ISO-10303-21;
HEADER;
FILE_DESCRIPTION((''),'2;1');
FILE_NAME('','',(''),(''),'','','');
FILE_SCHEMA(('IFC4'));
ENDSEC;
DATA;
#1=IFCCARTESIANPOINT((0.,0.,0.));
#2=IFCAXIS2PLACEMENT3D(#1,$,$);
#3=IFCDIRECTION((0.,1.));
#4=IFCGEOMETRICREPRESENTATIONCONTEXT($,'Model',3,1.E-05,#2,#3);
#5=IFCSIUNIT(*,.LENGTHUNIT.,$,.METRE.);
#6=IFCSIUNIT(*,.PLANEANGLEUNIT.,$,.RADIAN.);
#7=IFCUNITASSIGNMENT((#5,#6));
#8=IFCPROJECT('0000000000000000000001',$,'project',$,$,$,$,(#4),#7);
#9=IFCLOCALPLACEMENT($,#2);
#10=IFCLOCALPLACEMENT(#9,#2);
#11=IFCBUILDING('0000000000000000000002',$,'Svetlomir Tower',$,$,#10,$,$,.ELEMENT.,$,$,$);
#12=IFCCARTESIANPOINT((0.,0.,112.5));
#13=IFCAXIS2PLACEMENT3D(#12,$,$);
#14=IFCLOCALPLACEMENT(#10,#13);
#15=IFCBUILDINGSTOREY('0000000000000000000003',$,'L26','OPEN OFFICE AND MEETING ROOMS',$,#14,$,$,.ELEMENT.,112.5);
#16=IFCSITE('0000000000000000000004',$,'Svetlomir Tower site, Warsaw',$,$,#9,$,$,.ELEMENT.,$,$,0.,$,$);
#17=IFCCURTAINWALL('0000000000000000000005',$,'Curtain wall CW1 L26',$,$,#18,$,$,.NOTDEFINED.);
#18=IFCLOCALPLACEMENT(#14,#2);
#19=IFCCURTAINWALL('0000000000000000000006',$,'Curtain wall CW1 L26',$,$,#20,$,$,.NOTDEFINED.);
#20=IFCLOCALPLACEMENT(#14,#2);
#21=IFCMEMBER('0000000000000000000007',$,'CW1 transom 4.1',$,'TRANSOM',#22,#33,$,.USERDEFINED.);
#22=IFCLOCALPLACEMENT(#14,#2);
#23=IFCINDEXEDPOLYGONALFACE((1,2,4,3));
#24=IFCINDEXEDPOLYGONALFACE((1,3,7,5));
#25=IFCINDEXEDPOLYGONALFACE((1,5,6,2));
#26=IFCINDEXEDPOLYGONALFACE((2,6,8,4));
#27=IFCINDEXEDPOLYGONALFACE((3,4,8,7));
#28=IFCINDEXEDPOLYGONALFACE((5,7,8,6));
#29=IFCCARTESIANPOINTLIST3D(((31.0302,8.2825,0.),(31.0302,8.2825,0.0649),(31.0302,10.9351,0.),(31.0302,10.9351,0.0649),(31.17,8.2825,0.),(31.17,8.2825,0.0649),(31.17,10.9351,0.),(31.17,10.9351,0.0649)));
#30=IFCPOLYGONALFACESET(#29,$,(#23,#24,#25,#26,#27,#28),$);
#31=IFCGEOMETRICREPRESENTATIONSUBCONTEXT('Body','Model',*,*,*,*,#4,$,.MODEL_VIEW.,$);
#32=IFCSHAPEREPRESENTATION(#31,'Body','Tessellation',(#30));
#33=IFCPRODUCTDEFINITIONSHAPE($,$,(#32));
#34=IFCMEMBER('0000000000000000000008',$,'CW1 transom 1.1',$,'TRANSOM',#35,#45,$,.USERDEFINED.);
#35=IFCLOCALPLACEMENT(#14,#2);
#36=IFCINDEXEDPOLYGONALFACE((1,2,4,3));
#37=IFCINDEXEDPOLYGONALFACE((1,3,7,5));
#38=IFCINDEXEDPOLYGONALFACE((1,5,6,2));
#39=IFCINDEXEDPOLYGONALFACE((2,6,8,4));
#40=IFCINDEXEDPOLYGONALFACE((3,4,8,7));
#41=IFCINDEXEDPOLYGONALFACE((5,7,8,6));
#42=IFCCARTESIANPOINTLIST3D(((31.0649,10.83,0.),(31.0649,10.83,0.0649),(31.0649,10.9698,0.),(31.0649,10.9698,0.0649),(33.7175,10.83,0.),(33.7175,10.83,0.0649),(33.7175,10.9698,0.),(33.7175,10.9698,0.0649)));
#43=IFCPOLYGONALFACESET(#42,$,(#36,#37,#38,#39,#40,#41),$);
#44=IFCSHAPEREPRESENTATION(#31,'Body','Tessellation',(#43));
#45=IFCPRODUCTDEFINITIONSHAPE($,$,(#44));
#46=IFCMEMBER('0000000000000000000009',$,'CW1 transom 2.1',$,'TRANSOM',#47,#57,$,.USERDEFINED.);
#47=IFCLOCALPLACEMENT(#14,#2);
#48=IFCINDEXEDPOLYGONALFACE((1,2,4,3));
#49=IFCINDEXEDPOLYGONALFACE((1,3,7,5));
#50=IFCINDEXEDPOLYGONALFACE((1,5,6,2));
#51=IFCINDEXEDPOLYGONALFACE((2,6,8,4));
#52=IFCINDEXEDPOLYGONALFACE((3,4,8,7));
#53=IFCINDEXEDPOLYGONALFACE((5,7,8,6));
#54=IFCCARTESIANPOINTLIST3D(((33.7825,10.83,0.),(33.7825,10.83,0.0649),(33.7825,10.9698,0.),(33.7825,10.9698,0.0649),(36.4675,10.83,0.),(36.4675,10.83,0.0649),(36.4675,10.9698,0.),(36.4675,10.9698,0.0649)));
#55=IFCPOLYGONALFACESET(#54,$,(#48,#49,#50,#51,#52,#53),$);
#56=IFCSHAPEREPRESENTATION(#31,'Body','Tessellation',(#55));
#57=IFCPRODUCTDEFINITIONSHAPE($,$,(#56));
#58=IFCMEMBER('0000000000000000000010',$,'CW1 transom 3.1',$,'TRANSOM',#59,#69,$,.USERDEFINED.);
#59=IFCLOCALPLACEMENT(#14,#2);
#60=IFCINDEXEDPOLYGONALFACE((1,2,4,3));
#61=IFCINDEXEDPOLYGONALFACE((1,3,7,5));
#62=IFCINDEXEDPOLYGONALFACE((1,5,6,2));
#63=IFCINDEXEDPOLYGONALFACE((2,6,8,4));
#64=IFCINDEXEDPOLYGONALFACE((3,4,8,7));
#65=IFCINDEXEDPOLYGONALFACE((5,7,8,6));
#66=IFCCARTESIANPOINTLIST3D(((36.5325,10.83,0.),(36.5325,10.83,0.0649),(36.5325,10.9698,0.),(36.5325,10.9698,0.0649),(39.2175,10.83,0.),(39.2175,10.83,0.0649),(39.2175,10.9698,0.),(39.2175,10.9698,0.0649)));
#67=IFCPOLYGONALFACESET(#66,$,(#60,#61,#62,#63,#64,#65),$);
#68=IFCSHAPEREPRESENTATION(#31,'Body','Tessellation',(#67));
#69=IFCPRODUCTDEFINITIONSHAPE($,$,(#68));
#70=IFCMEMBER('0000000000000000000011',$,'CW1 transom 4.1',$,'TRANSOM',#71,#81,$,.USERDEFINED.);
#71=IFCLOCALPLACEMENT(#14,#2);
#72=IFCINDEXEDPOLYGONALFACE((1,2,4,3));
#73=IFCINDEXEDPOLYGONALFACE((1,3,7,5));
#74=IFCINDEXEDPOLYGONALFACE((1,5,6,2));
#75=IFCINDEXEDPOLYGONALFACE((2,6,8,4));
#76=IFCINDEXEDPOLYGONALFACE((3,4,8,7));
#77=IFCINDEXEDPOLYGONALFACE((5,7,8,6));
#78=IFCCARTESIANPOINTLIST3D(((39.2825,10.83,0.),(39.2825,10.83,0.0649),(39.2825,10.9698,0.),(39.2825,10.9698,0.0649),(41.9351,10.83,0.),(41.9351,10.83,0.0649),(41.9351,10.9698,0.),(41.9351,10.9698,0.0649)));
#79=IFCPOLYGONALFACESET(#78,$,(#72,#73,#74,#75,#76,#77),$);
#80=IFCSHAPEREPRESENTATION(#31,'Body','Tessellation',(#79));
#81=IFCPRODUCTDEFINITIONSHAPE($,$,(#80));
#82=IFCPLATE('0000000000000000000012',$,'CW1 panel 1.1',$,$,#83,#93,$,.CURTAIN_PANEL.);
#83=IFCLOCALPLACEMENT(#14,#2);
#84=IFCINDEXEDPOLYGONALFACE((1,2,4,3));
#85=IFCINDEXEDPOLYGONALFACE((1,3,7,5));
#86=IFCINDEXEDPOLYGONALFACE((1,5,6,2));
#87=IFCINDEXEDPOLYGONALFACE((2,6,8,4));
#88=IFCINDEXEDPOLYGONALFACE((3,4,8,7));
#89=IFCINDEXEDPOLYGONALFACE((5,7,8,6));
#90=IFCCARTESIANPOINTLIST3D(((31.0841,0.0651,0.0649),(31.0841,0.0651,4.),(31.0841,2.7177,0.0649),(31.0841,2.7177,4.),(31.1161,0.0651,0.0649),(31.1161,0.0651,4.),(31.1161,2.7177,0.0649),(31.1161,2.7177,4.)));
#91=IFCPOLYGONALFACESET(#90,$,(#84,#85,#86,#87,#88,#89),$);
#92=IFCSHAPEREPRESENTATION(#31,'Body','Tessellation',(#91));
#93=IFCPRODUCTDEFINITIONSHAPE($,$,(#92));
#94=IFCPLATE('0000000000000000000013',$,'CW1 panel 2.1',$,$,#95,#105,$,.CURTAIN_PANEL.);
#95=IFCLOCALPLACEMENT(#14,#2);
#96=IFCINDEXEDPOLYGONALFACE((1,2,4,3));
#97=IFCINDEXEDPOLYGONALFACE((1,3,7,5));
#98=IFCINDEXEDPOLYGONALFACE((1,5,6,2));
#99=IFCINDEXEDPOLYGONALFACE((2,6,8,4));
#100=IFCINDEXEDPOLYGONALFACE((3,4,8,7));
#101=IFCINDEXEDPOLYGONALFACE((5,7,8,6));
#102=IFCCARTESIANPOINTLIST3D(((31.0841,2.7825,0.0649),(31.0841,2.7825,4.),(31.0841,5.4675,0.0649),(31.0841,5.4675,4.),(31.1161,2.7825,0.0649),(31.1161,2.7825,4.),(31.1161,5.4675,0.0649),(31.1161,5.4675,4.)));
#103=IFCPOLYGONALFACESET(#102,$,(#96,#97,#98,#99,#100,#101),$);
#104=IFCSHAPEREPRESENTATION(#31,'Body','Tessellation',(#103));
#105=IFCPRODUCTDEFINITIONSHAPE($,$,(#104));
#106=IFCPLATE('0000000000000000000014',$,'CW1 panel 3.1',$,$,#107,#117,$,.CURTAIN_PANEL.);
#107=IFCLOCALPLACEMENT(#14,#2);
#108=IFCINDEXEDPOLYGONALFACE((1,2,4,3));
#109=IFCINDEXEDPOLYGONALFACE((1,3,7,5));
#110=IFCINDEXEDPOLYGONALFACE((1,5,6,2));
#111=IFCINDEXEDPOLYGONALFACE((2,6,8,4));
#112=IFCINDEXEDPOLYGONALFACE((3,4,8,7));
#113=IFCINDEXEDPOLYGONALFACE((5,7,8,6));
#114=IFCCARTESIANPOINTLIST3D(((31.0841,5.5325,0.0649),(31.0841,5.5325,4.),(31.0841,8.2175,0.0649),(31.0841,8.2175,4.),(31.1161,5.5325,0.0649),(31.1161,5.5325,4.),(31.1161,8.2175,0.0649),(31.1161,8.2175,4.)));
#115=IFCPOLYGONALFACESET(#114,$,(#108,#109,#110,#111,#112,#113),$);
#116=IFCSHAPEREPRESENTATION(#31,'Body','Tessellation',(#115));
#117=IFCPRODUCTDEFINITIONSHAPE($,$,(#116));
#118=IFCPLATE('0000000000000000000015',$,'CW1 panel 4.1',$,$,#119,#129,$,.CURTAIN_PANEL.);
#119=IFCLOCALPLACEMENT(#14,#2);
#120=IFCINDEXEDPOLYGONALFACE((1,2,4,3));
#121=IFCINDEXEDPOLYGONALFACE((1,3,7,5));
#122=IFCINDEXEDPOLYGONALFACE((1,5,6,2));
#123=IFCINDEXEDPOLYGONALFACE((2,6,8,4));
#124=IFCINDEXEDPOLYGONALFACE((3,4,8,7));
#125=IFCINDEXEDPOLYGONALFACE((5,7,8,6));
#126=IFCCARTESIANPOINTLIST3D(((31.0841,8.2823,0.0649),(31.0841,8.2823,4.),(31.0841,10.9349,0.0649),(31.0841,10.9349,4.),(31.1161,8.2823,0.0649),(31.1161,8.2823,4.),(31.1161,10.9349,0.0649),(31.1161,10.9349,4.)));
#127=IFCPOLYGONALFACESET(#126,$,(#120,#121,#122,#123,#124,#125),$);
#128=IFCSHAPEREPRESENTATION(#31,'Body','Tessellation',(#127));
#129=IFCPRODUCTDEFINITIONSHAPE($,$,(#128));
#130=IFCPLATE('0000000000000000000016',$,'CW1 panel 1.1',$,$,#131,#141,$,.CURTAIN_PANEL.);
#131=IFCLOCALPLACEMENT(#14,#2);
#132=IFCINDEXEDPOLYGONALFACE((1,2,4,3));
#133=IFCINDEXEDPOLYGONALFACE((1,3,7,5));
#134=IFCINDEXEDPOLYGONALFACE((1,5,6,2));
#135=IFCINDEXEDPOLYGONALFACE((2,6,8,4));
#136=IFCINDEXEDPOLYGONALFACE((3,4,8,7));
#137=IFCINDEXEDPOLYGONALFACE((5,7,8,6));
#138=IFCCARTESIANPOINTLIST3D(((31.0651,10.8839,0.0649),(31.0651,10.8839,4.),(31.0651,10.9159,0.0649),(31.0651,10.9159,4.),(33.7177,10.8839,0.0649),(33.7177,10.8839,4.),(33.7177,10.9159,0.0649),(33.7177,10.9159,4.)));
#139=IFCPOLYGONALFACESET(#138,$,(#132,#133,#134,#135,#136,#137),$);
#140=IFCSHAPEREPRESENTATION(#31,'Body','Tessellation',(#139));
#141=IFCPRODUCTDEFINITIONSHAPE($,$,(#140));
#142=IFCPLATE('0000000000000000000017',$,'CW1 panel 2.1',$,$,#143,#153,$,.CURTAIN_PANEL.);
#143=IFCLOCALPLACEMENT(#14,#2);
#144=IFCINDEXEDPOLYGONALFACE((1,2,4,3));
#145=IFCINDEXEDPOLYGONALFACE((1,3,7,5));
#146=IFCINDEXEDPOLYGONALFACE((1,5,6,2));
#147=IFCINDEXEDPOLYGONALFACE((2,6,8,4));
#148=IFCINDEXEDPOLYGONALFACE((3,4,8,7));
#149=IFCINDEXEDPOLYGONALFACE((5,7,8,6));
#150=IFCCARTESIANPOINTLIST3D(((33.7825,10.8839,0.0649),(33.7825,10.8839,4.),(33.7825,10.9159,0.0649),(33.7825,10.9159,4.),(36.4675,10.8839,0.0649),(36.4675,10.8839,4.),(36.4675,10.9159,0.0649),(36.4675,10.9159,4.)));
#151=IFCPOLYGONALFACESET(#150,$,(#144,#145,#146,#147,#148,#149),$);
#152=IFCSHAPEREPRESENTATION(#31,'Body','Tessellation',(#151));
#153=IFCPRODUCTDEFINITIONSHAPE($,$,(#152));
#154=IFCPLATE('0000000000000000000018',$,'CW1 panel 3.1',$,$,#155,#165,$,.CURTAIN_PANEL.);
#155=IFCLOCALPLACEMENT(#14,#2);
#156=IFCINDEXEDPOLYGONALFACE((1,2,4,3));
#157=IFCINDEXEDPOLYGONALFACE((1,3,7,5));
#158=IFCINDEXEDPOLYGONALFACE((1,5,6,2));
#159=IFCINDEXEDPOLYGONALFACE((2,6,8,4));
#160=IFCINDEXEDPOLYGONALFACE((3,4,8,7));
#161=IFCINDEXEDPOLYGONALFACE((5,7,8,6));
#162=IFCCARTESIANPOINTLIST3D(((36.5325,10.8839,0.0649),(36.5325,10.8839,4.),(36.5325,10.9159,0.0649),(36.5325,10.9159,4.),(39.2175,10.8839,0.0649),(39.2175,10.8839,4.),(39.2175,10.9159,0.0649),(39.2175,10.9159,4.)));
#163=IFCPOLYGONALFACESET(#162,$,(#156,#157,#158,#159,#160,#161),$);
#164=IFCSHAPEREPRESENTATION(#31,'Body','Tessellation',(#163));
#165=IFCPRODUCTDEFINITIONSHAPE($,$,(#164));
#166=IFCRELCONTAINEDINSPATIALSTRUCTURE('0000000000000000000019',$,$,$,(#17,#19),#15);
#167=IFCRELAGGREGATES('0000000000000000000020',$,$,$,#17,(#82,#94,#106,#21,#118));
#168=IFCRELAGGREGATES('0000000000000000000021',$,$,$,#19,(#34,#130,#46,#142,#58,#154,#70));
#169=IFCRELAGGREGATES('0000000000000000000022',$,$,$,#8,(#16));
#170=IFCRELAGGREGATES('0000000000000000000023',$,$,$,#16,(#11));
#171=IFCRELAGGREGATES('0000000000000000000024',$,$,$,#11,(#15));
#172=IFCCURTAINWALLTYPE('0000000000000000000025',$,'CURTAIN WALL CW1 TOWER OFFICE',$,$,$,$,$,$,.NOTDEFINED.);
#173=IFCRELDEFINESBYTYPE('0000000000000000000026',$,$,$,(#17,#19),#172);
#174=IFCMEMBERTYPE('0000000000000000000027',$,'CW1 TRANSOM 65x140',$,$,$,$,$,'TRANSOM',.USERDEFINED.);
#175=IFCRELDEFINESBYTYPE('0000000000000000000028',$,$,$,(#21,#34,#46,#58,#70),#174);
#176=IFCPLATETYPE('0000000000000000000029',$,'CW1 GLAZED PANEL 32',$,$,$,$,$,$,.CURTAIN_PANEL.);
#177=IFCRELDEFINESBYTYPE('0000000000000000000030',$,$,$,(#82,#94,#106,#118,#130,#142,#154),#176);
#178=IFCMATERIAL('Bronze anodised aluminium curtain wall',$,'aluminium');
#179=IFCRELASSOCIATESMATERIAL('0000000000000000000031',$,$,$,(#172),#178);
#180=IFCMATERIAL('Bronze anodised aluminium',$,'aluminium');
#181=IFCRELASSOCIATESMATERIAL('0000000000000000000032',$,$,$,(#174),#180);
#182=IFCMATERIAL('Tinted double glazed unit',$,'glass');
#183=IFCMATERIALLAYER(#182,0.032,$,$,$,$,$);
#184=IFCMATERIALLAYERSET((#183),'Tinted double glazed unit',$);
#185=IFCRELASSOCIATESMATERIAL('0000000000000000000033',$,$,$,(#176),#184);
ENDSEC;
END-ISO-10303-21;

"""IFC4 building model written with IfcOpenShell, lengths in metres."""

from ifc_helpers import new_model, si_unit, direction, frame, origin, origin_2d, place, context, subcontext, project, spatial, rectangle, extrude, material, layer, layer_set, material_profile, profile_set, type_object, element, aggregate, save


model = new_model("IFC4")

# Units and contexts
model_context = context("Model", 3, precision=1e-05, world=origin(), true_north=direction((0.0, 1.0)))
body_context = subcontext(model_context, "Body", "Model", "MODEL_VIEW")
ifc_project = project(units=[si_unit("LENGTHUNIT", "METRE"), si_unit("PLANEANGLEUNIT", "RADIAN")], contexts=[model_context])

# Site, building, storey
site_placement = place(None, origin())
site = spatial("IfcSite", under=ifc_project, at=site_placement, Name="Svetlomir Tower site, Warsaw", CompositionType="ELEMENT", RefElevation=0.0)
building_placement = place(site_placement, origin())
building = spatial("IfcBuilding", under=site, at=building_placement, Name="Svetlomir Tower", CompositionType="ELEMENT")
storey_placement = place(building_placement, frame((0.0, 0.0, 112.5)))
storey = spatial("IfcBuildingStorey", under=building, at=storey_placement, Name="L26", Description="OPEN OFFICE AND MEETING ROOMS", CompositionType="ELEMENT", Elevation=112.5)

# Curtain walls
ifc_material_1 = material(Name="Bronze anodised aluminium curtain wall", Category="aluminium")
curtain_wall_type = type_object("IfcCurtainWallType", Name="CURTAIN WALL CW1 TOWER OFFICE", PredefinedType="NOTDEFINED", material=ifc_material_1)
curtain_wall_1_placement = place(storey_placement, origin())
curtain_wall_1 = element("IfcCurtainWall", 1, at=curtain_wall_1_placement, inside=storey, type_object=curtain_wall_type, Name="Curtain wall CW1 L26", PredefinedType="NOTDEFINED")
curtain_wall_2_placement = place(storey_placement, origin())
curtain_wall_2 = element("IfcCurtainWall", 2, at=curtain_wall_2_placement, inside=storey, type_object=curtain_wall_type, Name="Curtain wall CW1 L26", PredefinedType="NOTDEFINED")

# Members
ifc_material_2 = material(Name="Bronze anodised aluminium", Category="aluminium")
ifc_material_profile_1 = material_profile(ifc_material_2, rectangle(XDim=0.1399, YDim=0.0649, at=origin_2d()), Name="AL 140x65")
ifc_profile_set_1 = profile_set([ifc_material_profile_1], Name="Bronze anodised aluminium 6063-T6")
member_type_1 = type_object("IfcMemberType", Name="CW1 TRANSOM 65x140", ElementType="TRANSOM", PredefinedType="USERDEFINED", material=ifc_profile_set_1)
member_1_placement = place(storey_placement, frame((31.1001, 8.2825, 0.0325), z_axis=(0.0, 1.0, 0.0), x_axis=(-1.0, 0.0, 0.0)))
member_1 = element("IfcMember", 3, at=member_1_placement, type_object=member_type_1, Name="CW1 transom 4.1", ObjectType="TRANSOM", PredefinedType="USERDEFINED", context=body_context, shape_type="SweptSolid", body=[
    extrude(rectangle(XDim=0.1399, YDim=0.0649, at=origin_2d()), origin(), (0.0, 0.0, 1.0), 2.6526),
])
member_2_placement = place(storey_placement, frame((31.0649, 10.8999, 0.0325), z_axis=(1.0, 0.0, 0.0), x_axis=(0.0, 1.0, 0.0)))
member_2 = element("IfcMember", 4, at=member_2_placement, type_object=member_type_1, Name="CW1 transom 1.1", ObjectType="TRANSOM", PredefinedType="USERDEFINED", context=body_context, shape_type="SweptSolid", body=[
    extrude(rectangle(XDim=0.1399, YDim=0.0649, at=origin_2d()), origin(), (0.0, 0.0, 1.0), 2.6526),
])
member_3_placement = place(storey_placement, frame((33.7825, 10.8999, 0.0325), z_axis=(1.0, 0.0, 0.0), x_axis=(0.0, 1.0, 0.0)))
member_3 = element("IfcMember", 5, at=member_3_placement, type_object=member_type_1, Name="CW1 transom 2.1", ObjectType="TRANSOM", PredefinedType="USERDEFINED", context=body_context, shape_type="SweptSolid", body=[
    extrude(rectangle(XDim=0.1399, YDim=0.0649, at=origin_2d()), origin(), (0.0, 0.0, 1.0), 2.6851),
])
member_4_placement = place(storey_placement, frame((36.5325, 10.8999, 0.0325), z_axis=(1.0, 0.0, 0.0), x_axis=(0.0, 1.0, 0.0)))
member_4 = element("IfcMember", 6, at=member_4_placement, type_object=member_type_1, Name="CW1 transom 3.1", ObjectType="TRANSOM", PredefinedType="USERDEFINED", context=body_context, shape_type="SweptSolid", body=[
    extrude(rectangle(XDim=0.1399, YDim=0.0649, at=origin_2d()), origin(), (0.0, 0.0, 1.0), 2.6851),
])
member_5_placement = place(storey_placement, frame((39.2825, 10.8999, 0.0325), z_axis=(1.0, 0.0, 0.0), x_axis=(0.0, 1.0, 0.0)))
member_5 = element("IfcMember", 7, at=member_5_placement, type_object=member_type_1, Name="CW1 transom 4.1", ObjectType="TRANSOM", PredefinedType="USERDEFINED", context=body_context, shape_type="SweptSolid", body=[
    extrude(rectangle(XDim=0.1399, YDim=0.0649, at=origin_2d()), origin(), (0.0, 0.0, 1.0), 2.6526),
])

# Plates
ifc_material_3 = material(Name="Tinted double glazed unit", Category="glass")
ifc_layer = layer(ifc_material_3, 0.032)
ifc_layer_set = layer_set([ifc_layer], Name="Tinted double glazed unit")
plate_type = type_object("IfcPlateType", Name="CW1 GLAZED PANEL 32", PredefinedType="CURTAIN_PANEL", material=ifc_layer_set)
plate_1_placement = place(storey_placement, frame((31.1001, 1.3914, 0.0649), z_axis=(0.0, 0.0, 1.0), x_axis=(0.0, 1.0, 0.0)))
plate_1 = element("IfcPlate", 8, at=plate_1_placement, type_object=plate_type, Name="CW1 panel 1.1", PredefinedType="CURTAIN_PANEL", context=body_context, shape_type="SweptSolid", body=[
    extrude(rectangle(XDim=2.6526, YDim=0.032, at=origin_2d()), origin(), (0.0, 0.0, 1.0), 3.9351),
])
plate_2_placement = place(storey_placement, frame((31.1001, 4.125, 0.0649), z_axis=(0.0, 0.0, 1.0), x_axis=(0.0, 1.0, 0.0)))
plate_2 = element("IfcPlate", 9, at=plate_2_placement, type_object=plate_type, Name="CW1 panel 2.1", PredefinedType="CURTAIN_PANEL", context=body_context, shape_type="SweptSolid", body=[
    extrude(rectangle(XDim=2.6851, YDim=0.032, at=origin_2d()), origin(), (0.0, 0.0, 1.0), 3.9351),
])
plate_3_placement = place(storey_placement, frame((31.1001, 6.875, 0.0649), z_axis=(0.0, 0.0, 1.0), x_axis=(0.0, 1.0, 0.0)))
plate_3 = element("IfcPlate", 10, at=plate_3_placement, type_object=plate_type, Name="CW1 panel 3.1", PredefinedType="CURTAIN_PANEL", context=body_context, shape_type="SweptSolid", body=[
    extrude(rectangle(XDim=2.6851, YDim=0.032, at=origin_2d()), origin(), (0.0, 0.0, 1.0), 3.9351),
])
plate_4_placement = place(storey_placement, frame((31.1001, 9.6086, 0.0649), z_axis=(0.0, 0.0, 1.0), x_axis=(0.0, 1.0, 0.0)))
plate_4 = element("IfcPlate", 11, at=plate_4_placement, type_object=plate_type, Name="CW1 panel 4.1", PredefinedType="CURTAIN_PANEL", context=body_context, shape_type="SweptSolid", body=[
    extrude(rectangle(XDim=2.6526, YDim=0.032, at=origin_2d()), origin(), (0.0, 0.0, 1.0), 3.9351),
])
aggregate(curtain_wall_1, [plate_1, plate_2, plate_3, member_1, plate_4])
plate_5_placement = place(storey_placement, frame((32.3914, 10.8999, 0.0649), z_axis=(0.0, 0.0, 1.0), x_axis=(1.0, 0.0, 0.0)))
plate_5 = element("IfcPlate", 12, at=plate_5_placement, type_object=plate_type, Name="CW1 panel 1.1", PredefinedType="CURTAIN_PANEL", context=body_context, shape_type="SweptSolid", body=[
    extrude(rectangle(XDim=2.6526, YDim=0.032, at=origin_2d()), origin(), (0.0, 0.0, 1.0), 3.9351),
])
plate_6_placement = place(storey_placement, frame((35.125, 10.8999, 0.0649), z_axis=(0.0, 0.0, 1.0), x_axis=(1.0, 0.0, 0.0)))
plate_6 = element("IfcPlate", 13, at=plate_6_placement, type_object=plate_type, Name="CW1 panel 2.1", PredefinedType="CURTAIN_PANEL", context=body_context, shape_type="SweptSolid", body=[
    extrude(rectangle(XDim=2.6851, YDim=0.032, at=origin_2d()), origin(), (0.0, 0.0, 1.0), 3.9351),
])
plate_7_placement = place(storey_placement, frame((37.875, 10.8999, 0.0649), z_axis=(0.0, 0.0, 1.0), x_axis=(1.0, 0.0, 0.0)))
plate_7 = element("IfcPlate", 14, at=plate_7_placement, type_object=plate_type, Name="CW1 panel 3.1", PredefinedType="CURTAIN_PANEL", context=body_context, shape_type="SweptSolid", body=[
    extrude(rectangle(XDim=2.6851, YDim=0.032, at=origin_2d()), origin(), (0.0, 0.0, 1.0), 3.9351),
])
aggregate(curtain_wall_2, [member_2, plate_5, member_3, plate_6, member_4, plate_7, member_5])

save(model, "model.ifc")
